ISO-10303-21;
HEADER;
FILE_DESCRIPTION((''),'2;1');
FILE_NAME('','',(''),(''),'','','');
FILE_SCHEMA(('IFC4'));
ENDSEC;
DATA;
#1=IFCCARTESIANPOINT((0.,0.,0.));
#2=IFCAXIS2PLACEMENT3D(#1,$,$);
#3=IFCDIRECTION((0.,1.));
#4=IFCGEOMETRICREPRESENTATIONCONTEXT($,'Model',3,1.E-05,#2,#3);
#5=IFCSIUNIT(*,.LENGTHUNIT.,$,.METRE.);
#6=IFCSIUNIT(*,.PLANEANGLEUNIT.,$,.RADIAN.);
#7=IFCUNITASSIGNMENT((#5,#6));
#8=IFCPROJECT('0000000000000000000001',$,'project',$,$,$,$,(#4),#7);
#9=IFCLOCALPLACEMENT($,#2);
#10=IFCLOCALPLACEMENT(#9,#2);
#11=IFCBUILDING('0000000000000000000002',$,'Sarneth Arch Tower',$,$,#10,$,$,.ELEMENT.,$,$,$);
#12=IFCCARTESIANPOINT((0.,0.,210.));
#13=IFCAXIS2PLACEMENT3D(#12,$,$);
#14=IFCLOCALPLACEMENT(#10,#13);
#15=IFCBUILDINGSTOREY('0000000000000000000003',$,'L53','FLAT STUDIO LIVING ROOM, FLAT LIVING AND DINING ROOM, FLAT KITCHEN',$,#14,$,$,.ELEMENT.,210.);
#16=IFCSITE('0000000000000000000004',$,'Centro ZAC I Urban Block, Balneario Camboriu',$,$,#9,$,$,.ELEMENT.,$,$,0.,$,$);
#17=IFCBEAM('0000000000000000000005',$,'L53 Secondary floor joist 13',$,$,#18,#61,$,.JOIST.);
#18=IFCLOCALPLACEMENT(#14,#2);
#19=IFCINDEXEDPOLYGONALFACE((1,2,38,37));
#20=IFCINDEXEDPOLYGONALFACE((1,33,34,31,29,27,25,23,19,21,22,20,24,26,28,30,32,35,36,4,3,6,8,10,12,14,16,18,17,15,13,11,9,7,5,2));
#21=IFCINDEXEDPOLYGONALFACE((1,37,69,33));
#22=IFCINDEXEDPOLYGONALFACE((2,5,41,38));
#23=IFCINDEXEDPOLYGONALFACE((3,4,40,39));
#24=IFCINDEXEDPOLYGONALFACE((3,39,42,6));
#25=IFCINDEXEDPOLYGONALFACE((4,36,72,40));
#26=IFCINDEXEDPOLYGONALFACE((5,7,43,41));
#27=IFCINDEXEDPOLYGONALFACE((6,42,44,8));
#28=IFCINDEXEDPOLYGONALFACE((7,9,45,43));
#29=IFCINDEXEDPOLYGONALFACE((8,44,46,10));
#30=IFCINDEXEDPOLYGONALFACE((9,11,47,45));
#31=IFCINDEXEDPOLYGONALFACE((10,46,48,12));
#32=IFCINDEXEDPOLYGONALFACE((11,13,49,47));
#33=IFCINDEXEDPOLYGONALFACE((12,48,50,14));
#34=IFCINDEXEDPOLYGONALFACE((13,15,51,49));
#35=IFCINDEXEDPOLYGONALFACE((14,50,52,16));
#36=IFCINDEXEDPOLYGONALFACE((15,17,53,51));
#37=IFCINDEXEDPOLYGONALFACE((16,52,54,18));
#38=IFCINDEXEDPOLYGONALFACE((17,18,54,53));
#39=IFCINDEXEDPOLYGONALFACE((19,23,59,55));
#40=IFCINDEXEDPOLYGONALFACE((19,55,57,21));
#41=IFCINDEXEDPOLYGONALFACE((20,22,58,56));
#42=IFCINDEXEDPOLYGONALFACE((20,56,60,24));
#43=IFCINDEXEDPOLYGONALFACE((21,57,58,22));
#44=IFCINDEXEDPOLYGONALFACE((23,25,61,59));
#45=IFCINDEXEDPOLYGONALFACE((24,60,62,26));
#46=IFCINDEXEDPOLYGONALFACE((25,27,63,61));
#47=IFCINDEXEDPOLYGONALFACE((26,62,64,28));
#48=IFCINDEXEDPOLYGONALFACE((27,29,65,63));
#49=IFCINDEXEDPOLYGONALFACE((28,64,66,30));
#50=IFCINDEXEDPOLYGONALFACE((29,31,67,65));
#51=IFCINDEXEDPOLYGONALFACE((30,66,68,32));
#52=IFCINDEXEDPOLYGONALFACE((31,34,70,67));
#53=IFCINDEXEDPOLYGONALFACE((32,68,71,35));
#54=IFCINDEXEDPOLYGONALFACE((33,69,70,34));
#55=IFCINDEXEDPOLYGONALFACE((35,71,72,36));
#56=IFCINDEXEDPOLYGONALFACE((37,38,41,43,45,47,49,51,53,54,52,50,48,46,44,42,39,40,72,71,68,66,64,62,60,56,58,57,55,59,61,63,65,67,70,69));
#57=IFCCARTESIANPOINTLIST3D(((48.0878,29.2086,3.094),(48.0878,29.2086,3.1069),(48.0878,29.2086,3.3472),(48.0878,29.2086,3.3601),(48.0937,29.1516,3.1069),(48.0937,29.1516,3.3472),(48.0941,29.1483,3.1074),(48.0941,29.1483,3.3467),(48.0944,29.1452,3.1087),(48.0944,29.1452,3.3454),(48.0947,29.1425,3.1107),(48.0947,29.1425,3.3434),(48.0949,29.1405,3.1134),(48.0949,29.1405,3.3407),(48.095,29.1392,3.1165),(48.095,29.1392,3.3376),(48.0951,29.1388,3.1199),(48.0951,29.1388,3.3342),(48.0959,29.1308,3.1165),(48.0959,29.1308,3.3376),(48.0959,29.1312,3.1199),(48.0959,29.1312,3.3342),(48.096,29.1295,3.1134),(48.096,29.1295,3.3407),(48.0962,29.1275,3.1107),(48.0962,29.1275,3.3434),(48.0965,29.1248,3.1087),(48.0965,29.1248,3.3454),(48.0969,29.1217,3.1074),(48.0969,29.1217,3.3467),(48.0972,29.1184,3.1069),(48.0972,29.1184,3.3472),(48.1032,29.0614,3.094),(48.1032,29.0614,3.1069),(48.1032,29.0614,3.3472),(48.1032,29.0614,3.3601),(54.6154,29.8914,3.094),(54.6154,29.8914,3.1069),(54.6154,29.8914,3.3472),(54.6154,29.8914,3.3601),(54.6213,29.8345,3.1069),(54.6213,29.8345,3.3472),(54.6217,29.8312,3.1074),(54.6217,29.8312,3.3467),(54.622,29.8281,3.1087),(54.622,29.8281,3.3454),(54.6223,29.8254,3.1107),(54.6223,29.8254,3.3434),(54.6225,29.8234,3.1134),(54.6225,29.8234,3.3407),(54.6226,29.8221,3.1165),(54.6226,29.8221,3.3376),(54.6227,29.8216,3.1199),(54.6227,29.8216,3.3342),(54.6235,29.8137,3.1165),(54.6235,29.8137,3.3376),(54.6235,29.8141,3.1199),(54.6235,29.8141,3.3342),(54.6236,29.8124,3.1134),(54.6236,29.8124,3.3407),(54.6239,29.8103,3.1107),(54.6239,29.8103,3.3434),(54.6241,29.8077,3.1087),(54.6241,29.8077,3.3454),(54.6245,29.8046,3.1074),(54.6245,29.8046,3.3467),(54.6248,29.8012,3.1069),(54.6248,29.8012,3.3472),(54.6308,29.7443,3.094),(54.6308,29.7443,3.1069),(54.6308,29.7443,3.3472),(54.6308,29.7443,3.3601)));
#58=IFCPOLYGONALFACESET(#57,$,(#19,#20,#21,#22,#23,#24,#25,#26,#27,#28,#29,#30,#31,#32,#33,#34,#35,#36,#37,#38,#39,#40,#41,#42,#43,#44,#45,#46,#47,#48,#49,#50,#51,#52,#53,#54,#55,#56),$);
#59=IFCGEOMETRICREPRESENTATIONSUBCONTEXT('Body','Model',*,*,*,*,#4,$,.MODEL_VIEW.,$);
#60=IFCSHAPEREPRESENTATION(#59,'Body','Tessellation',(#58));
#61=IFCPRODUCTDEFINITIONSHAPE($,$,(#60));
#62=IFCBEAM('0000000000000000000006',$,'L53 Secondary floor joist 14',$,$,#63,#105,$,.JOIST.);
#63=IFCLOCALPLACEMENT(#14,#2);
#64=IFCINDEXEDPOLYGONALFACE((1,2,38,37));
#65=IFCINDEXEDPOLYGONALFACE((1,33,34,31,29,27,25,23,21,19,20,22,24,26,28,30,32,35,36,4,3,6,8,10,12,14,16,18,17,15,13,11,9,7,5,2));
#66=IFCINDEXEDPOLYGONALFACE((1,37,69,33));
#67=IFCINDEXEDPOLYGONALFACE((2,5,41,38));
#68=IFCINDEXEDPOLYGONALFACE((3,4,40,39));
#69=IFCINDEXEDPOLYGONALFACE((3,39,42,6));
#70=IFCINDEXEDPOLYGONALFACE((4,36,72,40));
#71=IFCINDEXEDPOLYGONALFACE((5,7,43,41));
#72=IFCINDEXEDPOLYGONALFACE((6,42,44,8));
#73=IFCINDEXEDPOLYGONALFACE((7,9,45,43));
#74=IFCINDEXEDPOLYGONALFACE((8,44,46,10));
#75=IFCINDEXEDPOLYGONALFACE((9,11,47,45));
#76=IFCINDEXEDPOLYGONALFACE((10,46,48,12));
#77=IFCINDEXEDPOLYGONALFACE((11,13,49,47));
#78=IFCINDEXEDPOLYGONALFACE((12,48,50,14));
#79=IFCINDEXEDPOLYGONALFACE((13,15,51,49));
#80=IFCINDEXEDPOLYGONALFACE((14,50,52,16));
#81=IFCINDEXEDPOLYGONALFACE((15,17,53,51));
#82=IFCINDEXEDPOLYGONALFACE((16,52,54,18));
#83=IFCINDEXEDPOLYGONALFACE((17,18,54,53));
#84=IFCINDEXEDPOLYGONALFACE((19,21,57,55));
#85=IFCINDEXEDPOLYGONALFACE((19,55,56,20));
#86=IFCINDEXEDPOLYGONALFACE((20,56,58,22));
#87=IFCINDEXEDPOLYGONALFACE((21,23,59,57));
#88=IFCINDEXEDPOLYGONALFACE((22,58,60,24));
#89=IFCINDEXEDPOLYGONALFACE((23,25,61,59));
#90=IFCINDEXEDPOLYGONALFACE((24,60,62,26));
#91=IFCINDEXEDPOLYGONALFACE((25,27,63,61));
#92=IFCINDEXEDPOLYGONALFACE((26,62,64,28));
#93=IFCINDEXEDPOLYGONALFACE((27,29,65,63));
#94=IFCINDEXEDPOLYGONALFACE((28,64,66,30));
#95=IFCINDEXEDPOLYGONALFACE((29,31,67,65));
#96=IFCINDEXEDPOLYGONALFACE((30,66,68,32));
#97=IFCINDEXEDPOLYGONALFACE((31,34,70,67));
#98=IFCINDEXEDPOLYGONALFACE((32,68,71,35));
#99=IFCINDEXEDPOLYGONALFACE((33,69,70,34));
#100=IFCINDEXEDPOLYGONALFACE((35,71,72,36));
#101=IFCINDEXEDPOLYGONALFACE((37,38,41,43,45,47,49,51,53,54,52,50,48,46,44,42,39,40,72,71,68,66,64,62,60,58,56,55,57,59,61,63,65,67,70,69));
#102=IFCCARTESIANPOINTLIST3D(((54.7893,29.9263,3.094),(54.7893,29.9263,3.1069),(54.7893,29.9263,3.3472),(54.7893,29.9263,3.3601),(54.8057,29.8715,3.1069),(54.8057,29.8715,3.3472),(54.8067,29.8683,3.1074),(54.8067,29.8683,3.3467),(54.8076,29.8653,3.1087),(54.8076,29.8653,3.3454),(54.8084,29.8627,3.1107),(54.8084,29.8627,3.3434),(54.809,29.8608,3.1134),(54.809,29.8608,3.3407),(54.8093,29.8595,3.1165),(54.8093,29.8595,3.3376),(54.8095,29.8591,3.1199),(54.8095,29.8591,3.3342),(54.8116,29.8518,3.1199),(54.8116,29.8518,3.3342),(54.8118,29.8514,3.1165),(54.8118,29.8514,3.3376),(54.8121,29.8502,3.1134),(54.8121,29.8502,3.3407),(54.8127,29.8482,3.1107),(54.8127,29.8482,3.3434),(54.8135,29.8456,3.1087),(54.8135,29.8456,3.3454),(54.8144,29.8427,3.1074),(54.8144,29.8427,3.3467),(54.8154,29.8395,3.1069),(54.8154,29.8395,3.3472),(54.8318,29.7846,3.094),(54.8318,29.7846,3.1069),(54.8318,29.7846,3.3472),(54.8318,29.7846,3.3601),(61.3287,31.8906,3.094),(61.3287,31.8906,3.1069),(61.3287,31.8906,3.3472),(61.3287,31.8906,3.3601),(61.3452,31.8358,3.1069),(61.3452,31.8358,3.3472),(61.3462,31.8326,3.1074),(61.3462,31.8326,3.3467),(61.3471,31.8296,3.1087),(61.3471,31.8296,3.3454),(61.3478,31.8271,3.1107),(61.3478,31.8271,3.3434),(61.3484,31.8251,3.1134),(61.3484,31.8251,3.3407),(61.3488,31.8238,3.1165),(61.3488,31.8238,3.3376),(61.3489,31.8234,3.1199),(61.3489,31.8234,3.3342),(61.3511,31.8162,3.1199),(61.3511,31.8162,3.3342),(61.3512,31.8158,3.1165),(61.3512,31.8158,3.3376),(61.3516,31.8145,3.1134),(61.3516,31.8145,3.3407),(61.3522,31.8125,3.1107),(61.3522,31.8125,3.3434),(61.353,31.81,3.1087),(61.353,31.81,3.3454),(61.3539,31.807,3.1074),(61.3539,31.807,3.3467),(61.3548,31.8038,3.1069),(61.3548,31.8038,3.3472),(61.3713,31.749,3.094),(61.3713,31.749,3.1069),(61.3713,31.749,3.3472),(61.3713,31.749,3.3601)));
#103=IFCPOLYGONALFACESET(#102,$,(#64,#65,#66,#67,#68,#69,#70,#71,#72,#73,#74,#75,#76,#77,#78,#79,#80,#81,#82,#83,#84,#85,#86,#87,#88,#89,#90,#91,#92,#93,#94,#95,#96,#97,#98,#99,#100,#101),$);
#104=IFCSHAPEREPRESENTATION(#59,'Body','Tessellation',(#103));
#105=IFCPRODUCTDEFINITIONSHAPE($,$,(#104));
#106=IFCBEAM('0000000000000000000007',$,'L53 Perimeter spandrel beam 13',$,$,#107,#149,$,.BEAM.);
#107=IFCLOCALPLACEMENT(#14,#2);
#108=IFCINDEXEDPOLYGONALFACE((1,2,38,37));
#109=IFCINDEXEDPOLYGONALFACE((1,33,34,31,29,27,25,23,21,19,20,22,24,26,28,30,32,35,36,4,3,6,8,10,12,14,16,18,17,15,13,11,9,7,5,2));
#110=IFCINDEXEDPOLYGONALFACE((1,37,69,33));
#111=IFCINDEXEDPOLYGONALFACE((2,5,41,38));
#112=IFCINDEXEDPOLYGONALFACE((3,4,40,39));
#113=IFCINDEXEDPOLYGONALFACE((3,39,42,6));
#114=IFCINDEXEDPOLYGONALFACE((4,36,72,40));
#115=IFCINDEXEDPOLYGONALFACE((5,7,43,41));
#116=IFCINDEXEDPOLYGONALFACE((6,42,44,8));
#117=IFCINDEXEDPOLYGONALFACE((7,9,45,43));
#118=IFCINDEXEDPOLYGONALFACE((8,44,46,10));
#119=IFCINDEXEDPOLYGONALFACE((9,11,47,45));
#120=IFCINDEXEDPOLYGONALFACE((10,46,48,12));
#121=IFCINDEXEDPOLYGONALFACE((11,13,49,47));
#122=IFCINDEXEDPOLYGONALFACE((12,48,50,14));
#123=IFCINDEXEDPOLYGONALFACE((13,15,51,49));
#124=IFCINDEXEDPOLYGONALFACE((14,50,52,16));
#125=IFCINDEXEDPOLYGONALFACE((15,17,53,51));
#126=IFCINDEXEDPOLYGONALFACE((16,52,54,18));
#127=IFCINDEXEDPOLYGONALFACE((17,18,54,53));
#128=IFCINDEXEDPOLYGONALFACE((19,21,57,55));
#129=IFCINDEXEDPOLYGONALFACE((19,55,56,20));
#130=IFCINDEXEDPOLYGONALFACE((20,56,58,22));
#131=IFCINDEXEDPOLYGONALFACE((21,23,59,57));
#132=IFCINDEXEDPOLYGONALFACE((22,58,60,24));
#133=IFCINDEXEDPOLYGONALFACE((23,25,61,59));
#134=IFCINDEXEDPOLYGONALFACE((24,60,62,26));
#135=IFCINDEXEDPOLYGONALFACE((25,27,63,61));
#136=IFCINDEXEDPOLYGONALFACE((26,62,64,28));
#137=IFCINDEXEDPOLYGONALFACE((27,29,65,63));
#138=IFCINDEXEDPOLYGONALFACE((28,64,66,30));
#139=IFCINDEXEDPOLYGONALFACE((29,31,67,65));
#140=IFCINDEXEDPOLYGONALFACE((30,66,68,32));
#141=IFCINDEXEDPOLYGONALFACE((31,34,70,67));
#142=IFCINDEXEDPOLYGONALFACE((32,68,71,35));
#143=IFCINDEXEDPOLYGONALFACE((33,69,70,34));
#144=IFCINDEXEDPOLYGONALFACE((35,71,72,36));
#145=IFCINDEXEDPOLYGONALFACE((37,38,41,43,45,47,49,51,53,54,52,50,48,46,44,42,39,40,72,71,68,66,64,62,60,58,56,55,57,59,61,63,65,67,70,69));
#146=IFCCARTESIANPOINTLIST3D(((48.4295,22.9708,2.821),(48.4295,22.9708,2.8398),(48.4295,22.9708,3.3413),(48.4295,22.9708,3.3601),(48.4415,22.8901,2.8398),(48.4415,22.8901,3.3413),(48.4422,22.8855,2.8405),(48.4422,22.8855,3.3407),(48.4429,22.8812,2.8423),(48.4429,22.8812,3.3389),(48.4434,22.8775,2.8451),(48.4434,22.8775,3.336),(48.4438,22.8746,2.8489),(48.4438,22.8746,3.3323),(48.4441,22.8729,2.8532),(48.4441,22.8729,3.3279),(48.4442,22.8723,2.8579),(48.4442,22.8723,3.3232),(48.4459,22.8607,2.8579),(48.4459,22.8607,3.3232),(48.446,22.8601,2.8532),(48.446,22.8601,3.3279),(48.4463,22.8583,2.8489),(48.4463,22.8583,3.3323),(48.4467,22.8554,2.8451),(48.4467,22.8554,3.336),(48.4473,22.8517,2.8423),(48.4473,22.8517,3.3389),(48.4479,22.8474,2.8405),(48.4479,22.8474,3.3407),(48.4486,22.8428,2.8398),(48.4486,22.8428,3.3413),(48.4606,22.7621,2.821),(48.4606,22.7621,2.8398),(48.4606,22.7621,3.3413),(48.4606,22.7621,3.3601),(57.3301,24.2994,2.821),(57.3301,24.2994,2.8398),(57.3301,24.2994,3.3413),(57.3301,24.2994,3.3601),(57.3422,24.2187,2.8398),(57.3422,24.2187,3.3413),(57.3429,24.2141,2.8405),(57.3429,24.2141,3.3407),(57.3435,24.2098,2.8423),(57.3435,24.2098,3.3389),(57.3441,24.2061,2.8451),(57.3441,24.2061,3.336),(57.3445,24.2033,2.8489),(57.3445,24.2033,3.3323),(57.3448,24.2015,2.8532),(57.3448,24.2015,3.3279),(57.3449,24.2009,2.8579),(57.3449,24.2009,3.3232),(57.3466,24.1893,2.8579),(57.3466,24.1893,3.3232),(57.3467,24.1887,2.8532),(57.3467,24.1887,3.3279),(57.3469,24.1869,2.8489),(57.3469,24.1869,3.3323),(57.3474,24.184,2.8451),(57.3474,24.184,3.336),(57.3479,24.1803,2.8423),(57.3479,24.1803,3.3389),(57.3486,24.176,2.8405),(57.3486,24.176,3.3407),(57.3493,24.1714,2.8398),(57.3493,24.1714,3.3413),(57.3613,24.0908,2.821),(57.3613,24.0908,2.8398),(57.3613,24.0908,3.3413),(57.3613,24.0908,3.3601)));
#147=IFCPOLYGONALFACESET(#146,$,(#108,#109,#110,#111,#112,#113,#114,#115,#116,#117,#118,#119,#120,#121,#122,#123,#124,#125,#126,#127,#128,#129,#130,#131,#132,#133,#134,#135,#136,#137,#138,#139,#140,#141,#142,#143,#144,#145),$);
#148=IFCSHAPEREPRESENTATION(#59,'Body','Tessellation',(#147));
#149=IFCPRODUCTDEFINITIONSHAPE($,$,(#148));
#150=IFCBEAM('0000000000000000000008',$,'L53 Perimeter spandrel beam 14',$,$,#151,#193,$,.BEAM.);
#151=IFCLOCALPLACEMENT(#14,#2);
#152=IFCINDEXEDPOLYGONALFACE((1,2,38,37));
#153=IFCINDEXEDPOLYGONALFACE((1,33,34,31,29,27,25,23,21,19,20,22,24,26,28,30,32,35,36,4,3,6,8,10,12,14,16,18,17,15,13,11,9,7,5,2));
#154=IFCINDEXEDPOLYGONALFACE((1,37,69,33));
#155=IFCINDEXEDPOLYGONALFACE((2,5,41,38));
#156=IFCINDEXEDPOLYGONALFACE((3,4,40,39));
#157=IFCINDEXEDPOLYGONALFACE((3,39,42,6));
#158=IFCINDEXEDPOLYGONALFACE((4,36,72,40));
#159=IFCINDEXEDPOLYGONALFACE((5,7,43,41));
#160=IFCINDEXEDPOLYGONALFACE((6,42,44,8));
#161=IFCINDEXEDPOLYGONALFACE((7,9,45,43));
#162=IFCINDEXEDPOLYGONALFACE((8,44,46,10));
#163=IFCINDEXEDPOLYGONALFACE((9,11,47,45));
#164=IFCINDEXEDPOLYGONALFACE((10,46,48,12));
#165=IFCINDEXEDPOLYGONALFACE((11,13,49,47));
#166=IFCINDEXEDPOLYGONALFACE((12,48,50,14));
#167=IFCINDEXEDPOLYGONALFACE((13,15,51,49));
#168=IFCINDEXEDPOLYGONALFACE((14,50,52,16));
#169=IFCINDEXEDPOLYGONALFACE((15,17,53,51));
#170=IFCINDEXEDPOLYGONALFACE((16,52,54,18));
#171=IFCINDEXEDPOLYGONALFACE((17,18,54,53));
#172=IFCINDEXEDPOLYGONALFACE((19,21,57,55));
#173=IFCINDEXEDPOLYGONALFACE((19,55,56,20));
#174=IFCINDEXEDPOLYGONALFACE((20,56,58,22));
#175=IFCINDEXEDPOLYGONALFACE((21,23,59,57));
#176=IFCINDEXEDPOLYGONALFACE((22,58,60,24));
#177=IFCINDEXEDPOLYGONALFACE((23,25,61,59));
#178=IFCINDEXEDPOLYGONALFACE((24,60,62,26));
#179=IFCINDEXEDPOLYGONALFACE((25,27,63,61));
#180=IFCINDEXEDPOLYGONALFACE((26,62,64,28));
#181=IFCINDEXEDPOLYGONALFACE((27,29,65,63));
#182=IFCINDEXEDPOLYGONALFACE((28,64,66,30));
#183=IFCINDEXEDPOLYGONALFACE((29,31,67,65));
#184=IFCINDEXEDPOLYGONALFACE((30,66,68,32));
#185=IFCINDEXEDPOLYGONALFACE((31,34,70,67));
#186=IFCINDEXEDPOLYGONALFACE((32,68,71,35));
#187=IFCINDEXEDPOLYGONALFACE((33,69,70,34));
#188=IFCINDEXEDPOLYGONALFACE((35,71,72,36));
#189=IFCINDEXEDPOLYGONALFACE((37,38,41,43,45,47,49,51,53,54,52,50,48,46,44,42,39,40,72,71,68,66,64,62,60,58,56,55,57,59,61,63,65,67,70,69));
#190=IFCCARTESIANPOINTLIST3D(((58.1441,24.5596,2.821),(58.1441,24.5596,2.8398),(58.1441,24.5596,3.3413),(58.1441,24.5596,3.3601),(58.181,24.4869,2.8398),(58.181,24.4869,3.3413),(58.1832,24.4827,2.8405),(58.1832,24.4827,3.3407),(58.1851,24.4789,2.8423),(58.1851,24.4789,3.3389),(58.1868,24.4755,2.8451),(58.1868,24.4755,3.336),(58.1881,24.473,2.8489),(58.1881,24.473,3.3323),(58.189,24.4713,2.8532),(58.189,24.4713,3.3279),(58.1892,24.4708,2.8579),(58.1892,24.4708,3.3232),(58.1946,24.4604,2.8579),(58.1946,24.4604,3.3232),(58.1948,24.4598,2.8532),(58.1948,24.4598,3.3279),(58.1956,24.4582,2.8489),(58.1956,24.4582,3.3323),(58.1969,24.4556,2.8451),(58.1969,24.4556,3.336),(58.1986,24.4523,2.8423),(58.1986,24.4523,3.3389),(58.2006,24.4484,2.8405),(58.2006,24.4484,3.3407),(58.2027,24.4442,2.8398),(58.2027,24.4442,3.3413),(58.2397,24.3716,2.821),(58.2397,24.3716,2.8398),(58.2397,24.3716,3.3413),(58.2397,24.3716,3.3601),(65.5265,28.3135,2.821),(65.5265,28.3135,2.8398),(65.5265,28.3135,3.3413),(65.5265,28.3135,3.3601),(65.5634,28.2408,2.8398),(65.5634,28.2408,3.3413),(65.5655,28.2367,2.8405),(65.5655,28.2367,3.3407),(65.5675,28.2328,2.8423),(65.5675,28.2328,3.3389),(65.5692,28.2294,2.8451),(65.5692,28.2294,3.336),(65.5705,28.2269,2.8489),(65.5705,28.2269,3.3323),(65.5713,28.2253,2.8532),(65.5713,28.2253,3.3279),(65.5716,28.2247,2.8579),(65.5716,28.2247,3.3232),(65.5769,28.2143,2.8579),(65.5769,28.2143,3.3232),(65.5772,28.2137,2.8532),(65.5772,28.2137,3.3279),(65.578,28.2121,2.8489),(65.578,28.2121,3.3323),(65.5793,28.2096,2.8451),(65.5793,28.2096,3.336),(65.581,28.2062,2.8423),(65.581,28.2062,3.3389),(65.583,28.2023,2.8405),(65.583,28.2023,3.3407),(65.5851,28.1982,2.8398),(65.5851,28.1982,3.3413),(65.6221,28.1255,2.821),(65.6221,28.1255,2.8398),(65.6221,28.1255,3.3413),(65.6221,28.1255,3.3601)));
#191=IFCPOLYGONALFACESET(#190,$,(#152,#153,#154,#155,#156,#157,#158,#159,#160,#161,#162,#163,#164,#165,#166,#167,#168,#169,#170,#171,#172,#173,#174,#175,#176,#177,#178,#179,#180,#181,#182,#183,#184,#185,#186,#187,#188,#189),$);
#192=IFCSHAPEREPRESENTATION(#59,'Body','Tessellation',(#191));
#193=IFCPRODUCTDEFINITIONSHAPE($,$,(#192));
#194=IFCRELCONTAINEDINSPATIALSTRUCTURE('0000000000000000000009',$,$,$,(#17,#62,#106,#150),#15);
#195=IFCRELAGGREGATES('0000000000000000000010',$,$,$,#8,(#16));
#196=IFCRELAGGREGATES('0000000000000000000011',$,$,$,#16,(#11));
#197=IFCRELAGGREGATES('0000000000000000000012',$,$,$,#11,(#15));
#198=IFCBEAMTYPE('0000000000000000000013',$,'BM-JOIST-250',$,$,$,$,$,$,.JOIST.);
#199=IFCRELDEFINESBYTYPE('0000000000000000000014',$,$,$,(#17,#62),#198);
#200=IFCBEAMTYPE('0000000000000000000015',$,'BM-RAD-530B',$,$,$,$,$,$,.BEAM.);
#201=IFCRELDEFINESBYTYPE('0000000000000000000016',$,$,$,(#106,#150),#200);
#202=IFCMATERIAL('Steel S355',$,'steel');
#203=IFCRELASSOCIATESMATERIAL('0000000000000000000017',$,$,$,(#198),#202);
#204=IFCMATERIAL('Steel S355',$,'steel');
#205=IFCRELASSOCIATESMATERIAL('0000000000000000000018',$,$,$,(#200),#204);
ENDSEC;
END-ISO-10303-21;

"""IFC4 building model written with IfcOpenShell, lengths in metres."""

from ifc_helpers import new_model, si_unit, direction, frame, origin, origin_2d, place, context, subcontext, project, spatial, i_section, extrude, material, material_profile, profile_set, type_object, element, save


model = new_model("IFC4")

# Units and contexts
model_context = context("Model", 3, precision=1e-05, world=origin(), true_north=direction((0.0, 1.0)))
body_context = subcontext(model_context, "Body", "Model", "MODEL_VIEW")
ifc_project = project(units=[si_unit("LENGTHUNIT", "METRE"), si_unit("PLANEANGLEUNIT", "RADIAN")], contexts=[model_context])

# Site, building, storey
site_placement = place(None, origin())
site = spatial("IfcSite", under=ifc_project, at=site_placement, Name="Centro ZAC I Urban Block, Balneario Camboriu", CompositionType="ELEMENT", RefElevation=0.0)
building_placement = place(site_placement, origin())
building = spatial("IfcBuilding", under=site, at=building_placement, Name="Sarneth Arch Tower", CompositionType="ELEMENT")
storey_placement = place(building_placement, frame((0.0, 0.0, 210.0)))
storey = spatial("IfcBuildingStorey", under=building, at=storey_placement, Name="L53", Description="FLAT STUDIO LIVING ROOM, FLAT LIVING AND DINING ROOM, FLAT KITCHEN", CompositionType="ELEMENT", Elevation=210.0)

# Beams
ifc_material_1 = material(Name="Steel S355", Category="steel")
ifc_material_profile_1 = material_profile(ifc_material_1, i_section(OverallWidth=0.1479, OverallDepth=0.2661, WebThickness=0.0076, FlangeThickness=0.0129, FilletRadius=0.0129, at=origin_2d()), Name="W250x44.8")
ifc_profile_set_1 = profile_set([ifc_material_profile_1], Name="Steel S355")
beam_type_1 = type_object("IfcBeamType", Name="BM-JOIST-250", PredefinedType="JOIST", material=ifc_profile_set_1)
beam_1_placement = place(storey_placement, frame((48.0955, 29.135, 3.2271), z_axis=(0.994573, 0.104044, 0.0), x_axis=(-0.104044, 0.994573, 0.0)))
element("IfcBeam", 1, at=beam_1_placement, inside=storey, type_object=beam_type_1, Name="L53 Secondary floor joist 13", PredefinedType="JOIST", context=body_context, shape_type="SweptSolid", body=[
    extrude(i_section(OverallWidth=0.1479, OverallDepth=0.2661, WebThickness=0.0076, FlangeThickness=0.0129, FilletRadius=0.0129, at=origin_2d()), origin(), (0.0, 0.0, 1.0), 6.5632),
])
beam_2_placement = place(storey_placement, frame((54.8105, 29.8555, 3.2271), z_axis=(0.957726, 0.287682, 0.0), x_axis=(-0.287682, 0.957726, 0.0)))
element("IfcBeam", 2, at=beam_2_placement, inside=storey, type_object=beam_type_1, Name="L53 Secondary floor joist 14", PredefinedType="JOIST", context=body_context, shape_type="SweptSolid", body=[
    extrude(i_section(OverallWidth=0.1479, OverallDepth=0.2661, WebThickness=0.0076, FlangeThickness=0.0129, FilletRadius=0.0129, at=origin_2d()), origin(), (0.0, 0.0, 1.0), 6.8281),
])
ifc_material_2 = material(Name="Steel S355", Category="steel")
ifc_material_profile_2 = material_profile(ifc_material_2, i_section(OverallWidth=0.2109, OverallDepth=0.5391, WebThickness=0.0117, FlangeThickness=0.0188, FilletRadius=0.0181, at=origin_2d()), Name="W530x109")
ifc_profile_set_2 = profile_set([ifc_material_profile_2], Name="Steel S355")
beam_type_2 = type_object("IfcBeamType", Name="BM-RAD-530B", PredefinedType="BEAM", material=ifc_profile_set_2)
beam_3_placement = place(storey_placement, frame((48.4451, 22.8665, 3.0906), z_axis=(0.989042, 0.147636, 0.0), x_axis=(-0.147636, 0.989042, 0.0)))
element("IfcBeam", 3, at=beam_3_placement, inside=storey, type_object=beam_type_2, Name="L53 Perimeter spandrel beam 13", PredefinedType="BEAM", context=body_context, shape_type="SweptSolid", body=[
    extrude(i_section(OverallWidth=0.2109, OverallDepth=0.5391, WebThickness=0.0117, FlangeThickness=0.0188, FilletRadius=0.0181, at=origin_2d()), origin(), (0.0, 0.0, 1.0), 8.9993),
])
beam_4_placement = place(storey_placement, frame((58.1919, 24.4656, 3.0906), z_axis=(0.891376, 0.453264, 0.0), x_axis=(-0.453264, 0.891376, 0.0)))
element("IfcBeam", 4, at=beam_4_placement, inside=storey, type_object=beam_type_2, Name="L53 Perimeter spandrel beam 14", PredefinedType="BEAM", context=body_context, shape_type="SweptSolid", body=[
    extrude(i_section(OverallWidth=0.2109, OverallDepth=0.5391, WebThickness=0.0117, FlangeThickness=0.0188, FilletRadius=0.0181, at=origin_2d()), origin(), (0.0, 0.0, 1.0), 8.282),
])

save(model, "model.ifc")
